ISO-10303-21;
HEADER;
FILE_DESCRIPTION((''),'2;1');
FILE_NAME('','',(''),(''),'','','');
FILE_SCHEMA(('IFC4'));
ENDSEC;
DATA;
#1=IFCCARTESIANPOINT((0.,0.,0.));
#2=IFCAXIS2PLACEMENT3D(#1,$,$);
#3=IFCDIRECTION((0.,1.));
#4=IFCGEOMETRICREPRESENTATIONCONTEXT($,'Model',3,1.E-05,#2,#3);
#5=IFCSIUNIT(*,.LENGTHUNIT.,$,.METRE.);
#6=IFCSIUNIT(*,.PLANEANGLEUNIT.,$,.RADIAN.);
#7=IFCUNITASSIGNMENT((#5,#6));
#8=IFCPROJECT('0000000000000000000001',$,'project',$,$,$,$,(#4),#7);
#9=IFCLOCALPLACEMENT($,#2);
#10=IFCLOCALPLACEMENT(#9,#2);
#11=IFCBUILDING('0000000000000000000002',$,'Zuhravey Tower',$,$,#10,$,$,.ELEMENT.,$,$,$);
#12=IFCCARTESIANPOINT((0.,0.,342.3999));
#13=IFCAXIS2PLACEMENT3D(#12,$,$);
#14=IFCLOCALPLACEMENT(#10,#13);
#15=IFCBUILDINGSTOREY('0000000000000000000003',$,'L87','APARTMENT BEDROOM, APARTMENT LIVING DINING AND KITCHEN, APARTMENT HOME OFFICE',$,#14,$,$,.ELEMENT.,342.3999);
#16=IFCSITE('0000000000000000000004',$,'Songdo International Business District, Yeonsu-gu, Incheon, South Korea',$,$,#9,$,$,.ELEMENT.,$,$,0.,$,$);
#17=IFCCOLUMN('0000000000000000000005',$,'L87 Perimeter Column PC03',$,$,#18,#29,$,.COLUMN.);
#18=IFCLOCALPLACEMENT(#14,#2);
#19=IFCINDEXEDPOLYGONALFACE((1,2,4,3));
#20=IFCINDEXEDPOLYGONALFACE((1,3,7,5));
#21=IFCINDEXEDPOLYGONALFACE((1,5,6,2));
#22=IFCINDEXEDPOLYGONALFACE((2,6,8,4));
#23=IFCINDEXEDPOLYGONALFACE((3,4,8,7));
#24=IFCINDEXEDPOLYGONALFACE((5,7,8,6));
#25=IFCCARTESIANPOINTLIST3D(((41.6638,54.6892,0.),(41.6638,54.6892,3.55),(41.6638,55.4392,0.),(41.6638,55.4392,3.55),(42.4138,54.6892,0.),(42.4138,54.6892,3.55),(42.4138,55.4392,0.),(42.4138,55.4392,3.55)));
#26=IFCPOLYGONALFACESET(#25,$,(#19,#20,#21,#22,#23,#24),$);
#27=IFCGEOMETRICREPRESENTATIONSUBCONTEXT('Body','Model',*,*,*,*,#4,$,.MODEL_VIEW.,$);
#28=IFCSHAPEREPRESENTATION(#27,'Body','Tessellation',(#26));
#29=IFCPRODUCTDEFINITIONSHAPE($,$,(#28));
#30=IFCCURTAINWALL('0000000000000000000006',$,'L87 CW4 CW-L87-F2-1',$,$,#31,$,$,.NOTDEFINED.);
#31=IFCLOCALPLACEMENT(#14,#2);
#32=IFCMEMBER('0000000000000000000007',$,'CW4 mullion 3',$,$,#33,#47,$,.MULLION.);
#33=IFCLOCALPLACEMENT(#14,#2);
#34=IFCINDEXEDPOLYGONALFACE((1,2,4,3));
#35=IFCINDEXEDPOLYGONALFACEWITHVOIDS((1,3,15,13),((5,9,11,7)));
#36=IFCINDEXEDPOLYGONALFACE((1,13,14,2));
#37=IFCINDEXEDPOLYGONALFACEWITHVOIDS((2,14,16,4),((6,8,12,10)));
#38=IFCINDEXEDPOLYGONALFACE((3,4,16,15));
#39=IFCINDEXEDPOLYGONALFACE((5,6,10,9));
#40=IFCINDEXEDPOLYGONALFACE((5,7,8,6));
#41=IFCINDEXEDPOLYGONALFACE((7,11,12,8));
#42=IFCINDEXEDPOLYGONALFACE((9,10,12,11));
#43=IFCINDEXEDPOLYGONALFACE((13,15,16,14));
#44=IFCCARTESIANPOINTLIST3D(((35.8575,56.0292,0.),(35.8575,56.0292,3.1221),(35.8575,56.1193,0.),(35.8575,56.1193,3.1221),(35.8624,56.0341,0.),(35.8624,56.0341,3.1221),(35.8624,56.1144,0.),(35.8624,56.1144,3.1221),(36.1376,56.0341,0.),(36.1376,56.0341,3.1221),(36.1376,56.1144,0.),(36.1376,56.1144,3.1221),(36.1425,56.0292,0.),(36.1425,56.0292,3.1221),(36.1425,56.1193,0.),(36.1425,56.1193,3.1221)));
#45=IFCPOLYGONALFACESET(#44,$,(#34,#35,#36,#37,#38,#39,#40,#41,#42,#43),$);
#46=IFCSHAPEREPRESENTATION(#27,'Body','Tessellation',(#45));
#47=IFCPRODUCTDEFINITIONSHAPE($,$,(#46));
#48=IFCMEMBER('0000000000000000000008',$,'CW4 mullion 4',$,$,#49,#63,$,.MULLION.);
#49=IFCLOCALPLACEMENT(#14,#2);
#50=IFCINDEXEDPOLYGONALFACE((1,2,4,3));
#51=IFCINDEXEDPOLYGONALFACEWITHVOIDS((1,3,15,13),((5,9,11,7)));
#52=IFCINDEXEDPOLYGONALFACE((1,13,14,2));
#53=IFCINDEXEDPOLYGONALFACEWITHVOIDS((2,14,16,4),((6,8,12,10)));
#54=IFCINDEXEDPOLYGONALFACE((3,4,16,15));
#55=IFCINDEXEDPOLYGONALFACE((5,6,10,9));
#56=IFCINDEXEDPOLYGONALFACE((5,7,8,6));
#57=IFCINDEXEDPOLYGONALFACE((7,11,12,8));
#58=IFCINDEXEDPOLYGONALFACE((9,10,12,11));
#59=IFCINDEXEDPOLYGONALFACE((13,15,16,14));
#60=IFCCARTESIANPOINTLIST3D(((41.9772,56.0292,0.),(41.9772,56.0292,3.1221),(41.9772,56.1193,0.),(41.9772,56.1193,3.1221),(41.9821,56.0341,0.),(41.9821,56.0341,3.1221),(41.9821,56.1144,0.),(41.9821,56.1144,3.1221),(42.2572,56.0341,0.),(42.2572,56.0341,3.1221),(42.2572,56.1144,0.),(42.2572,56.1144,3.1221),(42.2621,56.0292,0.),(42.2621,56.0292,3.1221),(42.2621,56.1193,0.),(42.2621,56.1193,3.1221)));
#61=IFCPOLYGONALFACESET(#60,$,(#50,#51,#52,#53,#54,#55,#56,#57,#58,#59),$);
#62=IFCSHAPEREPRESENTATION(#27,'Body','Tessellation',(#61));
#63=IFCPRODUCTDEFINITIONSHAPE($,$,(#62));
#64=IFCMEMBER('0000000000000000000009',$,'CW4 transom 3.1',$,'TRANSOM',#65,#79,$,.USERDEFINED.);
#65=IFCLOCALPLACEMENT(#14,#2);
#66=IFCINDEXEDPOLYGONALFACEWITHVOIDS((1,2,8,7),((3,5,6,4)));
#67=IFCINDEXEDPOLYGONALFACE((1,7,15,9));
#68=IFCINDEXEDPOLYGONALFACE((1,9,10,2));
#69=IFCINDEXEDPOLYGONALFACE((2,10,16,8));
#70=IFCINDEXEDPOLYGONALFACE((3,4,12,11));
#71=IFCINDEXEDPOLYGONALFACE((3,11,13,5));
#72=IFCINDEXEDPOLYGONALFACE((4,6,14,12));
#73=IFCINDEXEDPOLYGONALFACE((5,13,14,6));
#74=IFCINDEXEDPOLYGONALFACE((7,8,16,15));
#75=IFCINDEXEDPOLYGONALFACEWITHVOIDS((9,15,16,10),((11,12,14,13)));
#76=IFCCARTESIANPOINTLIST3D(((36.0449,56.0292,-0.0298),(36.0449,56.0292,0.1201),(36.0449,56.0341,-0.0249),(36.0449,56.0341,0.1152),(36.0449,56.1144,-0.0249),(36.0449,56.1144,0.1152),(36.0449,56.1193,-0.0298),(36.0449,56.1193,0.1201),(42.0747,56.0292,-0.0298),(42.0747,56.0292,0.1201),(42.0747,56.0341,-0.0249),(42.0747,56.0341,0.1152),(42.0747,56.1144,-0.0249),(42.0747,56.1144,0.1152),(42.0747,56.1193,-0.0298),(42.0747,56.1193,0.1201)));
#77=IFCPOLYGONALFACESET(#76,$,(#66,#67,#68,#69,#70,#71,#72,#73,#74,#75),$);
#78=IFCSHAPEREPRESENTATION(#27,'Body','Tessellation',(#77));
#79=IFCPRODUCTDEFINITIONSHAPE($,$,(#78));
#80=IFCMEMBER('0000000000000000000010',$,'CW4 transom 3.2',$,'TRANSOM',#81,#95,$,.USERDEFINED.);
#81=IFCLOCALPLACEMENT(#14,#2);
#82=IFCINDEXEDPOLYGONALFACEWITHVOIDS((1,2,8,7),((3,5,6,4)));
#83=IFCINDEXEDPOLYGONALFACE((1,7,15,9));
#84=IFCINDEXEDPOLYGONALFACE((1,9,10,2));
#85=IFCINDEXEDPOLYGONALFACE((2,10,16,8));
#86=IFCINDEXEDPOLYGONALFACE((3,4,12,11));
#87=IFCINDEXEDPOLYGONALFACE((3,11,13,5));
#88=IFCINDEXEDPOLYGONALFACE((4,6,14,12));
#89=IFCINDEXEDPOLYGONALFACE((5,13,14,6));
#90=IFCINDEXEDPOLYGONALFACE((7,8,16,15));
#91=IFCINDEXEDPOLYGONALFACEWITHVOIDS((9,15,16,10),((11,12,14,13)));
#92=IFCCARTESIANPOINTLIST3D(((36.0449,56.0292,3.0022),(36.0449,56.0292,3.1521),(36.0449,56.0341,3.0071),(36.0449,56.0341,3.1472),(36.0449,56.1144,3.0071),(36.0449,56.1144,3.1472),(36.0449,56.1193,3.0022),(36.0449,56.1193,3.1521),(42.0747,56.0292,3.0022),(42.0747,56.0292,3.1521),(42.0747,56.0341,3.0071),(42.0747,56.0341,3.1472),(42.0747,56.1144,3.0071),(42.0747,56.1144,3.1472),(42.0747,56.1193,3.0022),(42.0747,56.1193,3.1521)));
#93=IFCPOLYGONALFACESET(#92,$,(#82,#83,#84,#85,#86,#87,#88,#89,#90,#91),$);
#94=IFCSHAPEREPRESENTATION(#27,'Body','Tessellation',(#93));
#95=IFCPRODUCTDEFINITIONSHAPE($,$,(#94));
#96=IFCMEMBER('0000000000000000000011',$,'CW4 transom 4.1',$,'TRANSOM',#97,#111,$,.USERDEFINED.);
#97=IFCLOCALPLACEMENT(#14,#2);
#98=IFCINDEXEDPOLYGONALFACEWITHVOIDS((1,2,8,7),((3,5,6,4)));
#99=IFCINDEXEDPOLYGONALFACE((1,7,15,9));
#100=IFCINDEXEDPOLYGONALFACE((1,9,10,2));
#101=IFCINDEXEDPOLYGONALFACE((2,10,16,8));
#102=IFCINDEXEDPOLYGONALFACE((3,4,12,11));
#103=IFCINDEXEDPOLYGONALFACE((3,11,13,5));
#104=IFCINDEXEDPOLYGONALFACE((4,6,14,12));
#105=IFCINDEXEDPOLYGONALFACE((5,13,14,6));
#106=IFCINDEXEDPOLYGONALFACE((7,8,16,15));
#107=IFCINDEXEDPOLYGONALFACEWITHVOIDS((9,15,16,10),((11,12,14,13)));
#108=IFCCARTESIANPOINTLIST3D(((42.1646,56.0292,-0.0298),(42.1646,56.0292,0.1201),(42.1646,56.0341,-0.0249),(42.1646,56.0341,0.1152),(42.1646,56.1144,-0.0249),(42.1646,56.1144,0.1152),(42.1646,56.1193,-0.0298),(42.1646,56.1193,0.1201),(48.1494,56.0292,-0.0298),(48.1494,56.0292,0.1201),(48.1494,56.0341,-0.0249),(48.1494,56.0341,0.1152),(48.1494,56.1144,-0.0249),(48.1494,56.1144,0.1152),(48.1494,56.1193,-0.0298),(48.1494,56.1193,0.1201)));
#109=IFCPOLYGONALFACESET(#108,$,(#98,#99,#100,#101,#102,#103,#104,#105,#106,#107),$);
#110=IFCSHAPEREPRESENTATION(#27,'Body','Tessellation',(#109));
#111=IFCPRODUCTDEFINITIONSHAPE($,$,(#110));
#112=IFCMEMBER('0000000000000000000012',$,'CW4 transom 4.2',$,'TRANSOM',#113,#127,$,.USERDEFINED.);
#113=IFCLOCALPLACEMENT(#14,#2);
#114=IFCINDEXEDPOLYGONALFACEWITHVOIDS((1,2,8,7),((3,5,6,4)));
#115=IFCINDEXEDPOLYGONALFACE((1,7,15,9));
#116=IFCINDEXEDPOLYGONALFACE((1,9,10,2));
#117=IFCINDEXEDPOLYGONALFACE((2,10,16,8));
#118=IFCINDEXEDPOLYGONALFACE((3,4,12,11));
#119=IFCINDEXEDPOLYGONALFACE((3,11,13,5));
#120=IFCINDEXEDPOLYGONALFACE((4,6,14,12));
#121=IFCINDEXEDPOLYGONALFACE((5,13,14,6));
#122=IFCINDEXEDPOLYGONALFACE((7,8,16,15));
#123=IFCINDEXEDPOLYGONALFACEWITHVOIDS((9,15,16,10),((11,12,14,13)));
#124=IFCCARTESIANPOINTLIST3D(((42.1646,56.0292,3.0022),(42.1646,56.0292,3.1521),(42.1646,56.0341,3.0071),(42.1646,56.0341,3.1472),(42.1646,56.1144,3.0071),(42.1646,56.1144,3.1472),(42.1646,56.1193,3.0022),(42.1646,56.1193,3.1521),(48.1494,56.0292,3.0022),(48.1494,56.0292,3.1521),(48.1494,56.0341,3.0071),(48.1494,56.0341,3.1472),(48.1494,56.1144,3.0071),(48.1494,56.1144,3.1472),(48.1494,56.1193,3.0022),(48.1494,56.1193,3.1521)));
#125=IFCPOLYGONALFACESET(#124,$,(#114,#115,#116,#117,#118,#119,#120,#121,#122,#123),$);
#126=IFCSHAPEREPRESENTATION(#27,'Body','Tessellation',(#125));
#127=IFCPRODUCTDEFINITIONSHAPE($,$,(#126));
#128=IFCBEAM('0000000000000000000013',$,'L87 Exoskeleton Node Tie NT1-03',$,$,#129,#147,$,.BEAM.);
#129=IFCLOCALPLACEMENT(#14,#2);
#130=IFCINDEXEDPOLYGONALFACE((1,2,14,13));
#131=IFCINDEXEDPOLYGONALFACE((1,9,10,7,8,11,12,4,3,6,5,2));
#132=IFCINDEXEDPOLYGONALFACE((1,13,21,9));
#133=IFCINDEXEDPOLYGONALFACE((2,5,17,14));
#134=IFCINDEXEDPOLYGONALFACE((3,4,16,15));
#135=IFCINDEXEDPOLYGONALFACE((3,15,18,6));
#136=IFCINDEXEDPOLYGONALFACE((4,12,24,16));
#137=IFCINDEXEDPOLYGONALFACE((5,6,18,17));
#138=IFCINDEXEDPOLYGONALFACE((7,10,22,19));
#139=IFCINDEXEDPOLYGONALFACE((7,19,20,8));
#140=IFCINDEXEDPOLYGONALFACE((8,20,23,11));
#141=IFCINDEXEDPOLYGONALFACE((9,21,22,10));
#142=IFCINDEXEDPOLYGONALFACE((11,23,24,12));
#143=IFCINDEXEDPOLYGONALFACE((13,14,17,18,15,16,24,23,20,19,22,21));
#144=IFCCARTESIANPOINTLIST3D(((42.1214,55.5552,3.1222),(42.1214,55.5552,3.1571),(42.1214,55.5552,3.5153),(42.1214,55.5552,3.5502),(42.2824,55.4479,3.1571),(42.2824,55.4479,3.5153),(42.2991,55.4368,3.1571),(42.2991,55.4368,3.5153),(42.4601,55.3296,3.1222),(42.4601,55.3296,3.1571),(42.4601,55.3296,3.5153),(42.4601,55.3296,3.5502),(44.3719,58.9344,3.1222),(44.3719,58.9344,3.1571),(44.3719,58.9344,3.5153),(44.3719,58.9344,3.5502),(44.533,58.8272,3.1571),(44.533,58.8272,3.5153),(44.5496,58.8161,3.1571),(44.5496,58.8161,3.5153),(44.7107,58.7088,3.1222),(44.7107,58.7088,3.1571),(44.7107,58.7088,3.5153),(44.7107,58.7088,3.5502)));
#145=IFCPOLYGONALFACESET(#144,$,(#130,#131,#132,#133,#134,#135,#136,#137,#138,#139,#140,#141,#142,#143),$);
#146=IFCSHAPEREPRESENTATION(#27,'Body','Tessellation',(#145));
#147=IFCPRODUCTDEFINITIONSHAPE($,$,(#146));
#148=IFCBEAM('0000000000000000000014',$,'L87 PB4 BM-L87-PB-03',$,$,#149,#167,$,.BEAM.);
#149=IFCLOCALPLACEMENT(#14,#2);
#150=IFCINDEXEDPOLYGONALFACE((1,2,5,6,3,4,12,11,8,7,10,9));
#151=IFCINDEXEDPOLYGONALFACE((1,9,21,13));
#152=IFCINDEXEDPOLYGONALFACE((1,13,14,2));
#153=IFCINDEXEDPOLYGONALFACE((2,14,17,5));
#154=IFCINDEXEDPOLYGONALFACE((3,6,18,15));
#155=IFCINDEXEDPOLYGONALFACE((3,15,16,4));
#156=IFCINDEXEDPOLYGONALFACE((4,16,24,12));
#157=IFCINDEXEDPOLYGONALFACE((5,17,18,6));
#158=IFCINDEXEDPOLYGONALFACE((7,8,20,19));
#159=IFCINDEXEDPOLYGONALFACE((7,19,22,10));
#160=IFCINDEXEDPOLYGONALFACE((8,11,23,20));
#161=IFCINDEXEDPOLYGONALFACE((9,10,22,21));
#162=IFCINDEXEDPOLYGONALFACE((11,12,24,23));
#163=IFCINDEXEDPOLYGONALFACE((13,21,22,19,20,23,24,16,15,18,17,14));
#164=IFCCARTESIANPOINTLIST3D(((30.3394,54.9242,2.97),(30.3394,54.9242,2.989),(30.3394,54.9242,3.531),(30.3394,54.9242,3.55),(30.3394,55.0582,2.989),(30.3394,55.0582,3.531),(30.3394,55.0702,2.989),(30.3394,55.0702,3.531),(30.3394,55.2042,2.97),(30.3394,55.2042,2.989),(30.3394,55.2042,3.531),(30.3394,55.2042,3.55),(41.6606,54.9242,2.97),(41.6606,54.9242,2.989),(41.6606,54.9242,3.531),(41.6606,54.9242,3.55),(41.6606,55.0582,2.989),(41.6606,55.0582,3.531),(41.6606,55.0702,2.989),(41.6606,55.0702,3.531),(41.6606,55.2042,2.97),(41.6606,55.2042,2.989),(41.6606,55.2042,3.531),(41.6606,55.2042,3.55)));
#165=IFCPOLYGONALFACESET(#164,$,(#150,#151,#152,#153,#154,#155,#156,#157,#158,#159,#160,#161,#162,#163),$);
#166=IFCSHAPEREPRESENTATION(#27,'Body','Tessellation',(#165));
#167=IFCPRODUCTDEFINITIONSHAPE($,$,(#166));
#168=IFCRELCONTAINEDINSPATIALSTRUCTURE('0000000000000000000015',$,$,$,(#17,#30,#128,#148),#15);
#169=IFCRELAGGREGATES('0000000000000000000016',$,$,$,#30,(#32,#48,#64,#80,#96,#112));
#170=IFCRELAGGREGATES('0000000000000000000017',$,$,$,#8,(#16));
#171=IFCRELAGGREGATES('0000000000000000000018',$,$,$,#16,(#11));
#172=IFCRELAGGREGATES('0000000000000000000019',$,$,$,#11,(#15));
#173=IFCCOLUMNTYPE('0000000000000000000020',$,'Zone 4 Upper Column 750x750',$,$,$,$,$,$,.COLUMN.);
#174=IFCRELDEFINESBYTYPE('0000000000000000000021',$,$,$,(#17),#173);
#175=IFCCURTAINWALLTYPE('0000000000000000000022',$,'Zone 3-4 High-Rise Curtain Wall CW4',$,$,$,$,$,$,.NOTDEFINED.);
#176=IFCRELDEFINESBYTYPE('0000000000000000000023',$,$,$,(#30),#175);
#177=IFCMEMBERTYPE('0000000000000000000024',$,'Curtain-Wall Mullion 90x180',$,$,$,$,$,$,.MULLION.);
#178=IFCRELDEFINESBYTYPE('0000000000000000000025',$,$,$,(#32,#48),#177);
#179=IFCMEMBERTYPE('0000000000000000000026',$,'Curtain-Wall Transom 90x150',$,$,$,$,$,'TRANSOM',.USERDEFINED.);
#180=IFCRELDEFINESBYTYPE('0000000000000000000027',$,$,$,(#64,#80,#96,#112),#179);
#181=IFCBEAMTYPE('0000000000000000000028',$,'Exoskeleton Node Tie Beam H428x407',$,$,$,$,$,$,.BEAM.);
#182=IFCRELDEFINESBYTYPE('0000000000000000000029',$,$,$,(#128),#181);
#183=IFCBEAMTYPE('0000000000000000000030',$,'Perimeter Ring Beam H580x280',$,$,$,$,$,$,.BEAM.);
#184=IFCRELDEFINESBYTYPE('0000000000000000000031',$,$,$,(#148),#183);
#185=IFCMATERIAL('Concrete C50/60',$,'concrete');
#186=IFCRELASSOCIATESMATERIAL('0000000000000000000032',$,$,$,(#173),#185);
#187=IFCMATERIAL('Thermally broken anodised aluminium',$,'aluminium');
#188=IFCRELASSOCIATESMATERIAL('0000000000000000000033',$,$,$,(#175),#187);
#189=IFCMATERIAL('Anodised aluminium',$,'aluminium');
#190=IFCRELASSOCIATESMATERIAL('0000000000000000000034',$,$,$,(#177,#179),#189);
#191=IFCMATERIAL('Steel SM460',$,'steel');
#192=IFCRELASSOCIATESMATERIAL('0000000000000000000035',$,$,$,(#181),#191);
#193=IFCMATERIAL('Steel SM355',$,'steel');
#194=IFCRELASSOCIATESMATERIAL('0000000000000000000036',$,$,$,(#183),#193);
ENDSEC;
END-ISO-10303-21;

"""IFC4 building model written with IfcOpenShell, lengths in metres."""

from ifc_helpers import new_model, si_unit, direction, frame, origin, origin_2d, place, context, subcontext, project, spatial, rectangle, hollow_rectangle, i_section, extrude, material, material_profile, profile_set, type_object, element, aggregate, save


model = new_model("IFC4")

# Units and contexts
model_context = context("Model", 3, precision=1e-05, world=origin(), true_north=direction((0.0, 1.0)))
body_context = subcontext(model_context, "Body", "Model", "MODEL_VIEW")
ifc_project = project(units=[si_unit("LENGTHUNIT", "METRE"), si_unit("PLANEANGLEUNIT", "RADIAN")], contexts=[model_context])

# Site, building, storey
site_placement = place(None, origin())
site = spatial("IfcSite", under=ifc_project, at=site_placement, Name="Songdo International Business District, Yeonsu-gu, Incheon, South Korea", CompositionType="ELEMENT", RefElevation=0.0)
building_placement = place(site_placement, origin())
building = spatial("IfcBuilding", under=site, at=building_placement, Name="Zuhravey Tower", CompositionType="ELEMENT")
storey_placement = place(building_placement, frame((0.0, 0.0, 342.3999)))
storey = spatial("IfcBuildingStorey", under=building, at=storey_placement, Name="L87", Description="APARTMENT BEDROOM, APARTMENT LIVING DINING AND KITCHEN, APARTMENT HOME OFFICE", CompositionType="ELEMENT", Elevation=342.3999)

# Column
ifc_material_1 = material(Name="Concrete C50/60", Category="concrete")
ifc_material_profile_1 = material_profile(ifc_material_1, rectangle(XDim=0.75, YDim=0.75, at=origin_2d()), Name="RC-750x750")
ifc_profile_set_1 = profile_set([ifc_material_profile_1], Name="Concrete C50/60")
column_type = type_object("IfcColumnType", Name="Zone 4 Upper Column 750x750", PredefinedType="COLUMN", material=ifc_profile_set_1)
column_placement = place(storey_placement, frame((42.0388, 55.0642, 0.0), z_axis=(0.0, 0.0, 1.0), x_axis=(-1.0, 0.0, 0.0)))
element("IfcColumn", 1, at=column_placement, inside=storey, type_object=column_type, Name="L87 Perimeter Column PC03", PredefinedType="COLUMN", context=body_context, shape_type="SweptSolid", body=[
    extrude(rectangle(XDim=0.75, YDim=0.75, at=origin_2d()), origin(), (0.0, 0.0, 1.0), 3.55),
])

# Curtain wall, members
ifc_material_2 = material(Name="Thermally broken anodised aluminium", Category="aluminium")
curtain_wall_type = type_object("IfcCurtainWallType", Name="Zone 3-4 High-Rise Curtain Wall CW4", PredefinedType="NOTDEFINED", material=ifc_material_2)
curtain_wall_placement = place(storey_placement, origin())
curtain_wall = element("IfcCurtainWall", 2, at=curtain_wall_placement, inside=storey, type_object=curtain_wall_type, Name="L87 CW4 CW-L87-F2-1", PredefinedType="NOTDEFINED")
ifc_material_3 = material(Name="Anodised aluminium", Category="aluminium")
ifc_material_profile_2 = material_profile(ifc_material_3, hollow_rectangle(XDim=0.0901, YDim=0.2849, WallThickness=0.0049, at=origin_2d()), Name="ALU-RHS-90x285x5")
ifc_profile_set_2 = profile_set([ifc_material_profile_2], Name="Anodised aluminium")
member_type_1 = type_object("IfcMemberType", Name="Curtain-Wall Mullion 90x180", PredefinedType="MULLION", material=ifc_profile_set_2)
member_1_placement = place(storey_placement, frame((36.0, 56.0742, 0.0), z_axis=(0.0, 0.0, 1.0), x_axis=(0.0, 1.0, 0.0)))
member_1 = element("IfcMember", 3, at=member_1_placement, type_object=member_type_1, Name="CW4 mullion 3", PredefinedType="MULLION", context=body_context, shape_type="SweptSolid", body=[
    extrude(hollow_rectangle(XDim=0.0901, YDim=0.2849, WallThickness=0.0049, at=origin_2d()), origin(), (0.0, 0.0, 1.0), 3.1221),
])
member_2_placement = place(storey_placement, frame((42.1196, 56.0742, 0.0), z_axis=(0.0, 0.0, 1.0), x_axis=(0.0, 1.0, 0.0)))
member_2 = element("IfcMember", 4, at=member_2_placement, type_object=member_type_1, Name="CW4 mullion 4", PredefinedType="MULLION", context=body_context, shape_type="SweptSolid", body=[
    extrude(hollow_rectangle(XDim=0.0901, YDim=0.2849, WallThickness=0.0049, at=origin_2d()), origin(), (0.0, 0.0, 1.0), 3.1221),
])
ifc_material_profile_3 = material_profile(ifc_material_3, hollow_rectangle(XDim=0.0901, YDim=0.1499, WallThickness=0.0049, at=origin_2d()), Name="ALU-RHS-90x150x5")
ifc_profile_set_3 = profile_set([ifc_material_profile_3], Name="Anodised aluminium")
member_type_2 = type_object("IfcMemberType", Name="Curtain-Wall Transom 90x150", ElementType="TRANSOM", PredefinedType="USERDEFINED", material=ifc_profile_set_3)
member_3_placement = place(storey_placement, frame((36.0449, 56.0742, 0.0452), z_axis=(1.0, 0.0, 0.0), x_axis=(0.0, 1.0, 0.0)))
member_3 = element("IfcMember", 5, at=member_3_placement, type_object=member_type_2, Name="CW4 transom 3.1", ObjectType="TRANSOM", PredefinedType="USERDEFINED", context=body_context, shape_type="SweptSolid", body=[
    extrude(hollow_rectangle(XDim=0.0901, YDim=0.1499, WallThickness=0.0049, at=origin_2d()), origin(), (0.0, 0.0, 1.0), 6.0298),
])
member_4_placement = place(storey_placement, frame((36.0449, 56.0742, 3.0771), z_axis=(1.0, 0.0, 0.0), x_axis=(0.0, 1.0, 0.0)))
member_4 = element("IfcMember", 6, at=member_4_placement, type_object=member_type_2, Name="CW4 transom 3.2", ObjectType="TRANSOM", PredefinedType="USERDEFINED", context=body_context, shape_type="SweptSolid", body=[
    extrude(hollow_rectangle(XDim=0.0901, YDim=0.1499, WallThickness=0.0049, at=origin_2d()), origin(), (0.0, 0.0, 1.0), 6.0298),
])
member_5_placement = place(storey_placement, frame((42.1646, 56.0742, 0.0452), z_axis=(1.0, 0.0, 0.0), x_axis=(0.0, 1.0, 0.0)))
member_5 = element("IfcMember", 7, at=member_5_placement, type_object=member_type_2, Name="CW4 transom 4.1", ObjectType="TRANSOM", PredefinedType="USERDEFINED", context=body_context, shape_type="SweptSolid", body=[
    extrude(hollow_rectangle(XDim=0.0901, YDim=0.1499, WallThickness=0.0049, at=origin_2d()), origin(), (0.0, 0.0, 1.0), 5.9849),
])
member_6_placement = place(storey_placement, frame((42.1646, 56.0742, 3.0771), z_axis=(1.0, 0.0, 0.0), x_axis=(0.0, 1.0, 0.0)))
member_6 = element("IfcMember", 8, at=member_6_placement, type_object=member_type_2, Name="CW4 transom 4.2", ObjectType="TRANSOM", PredefinedType="USERDEFINED", context=body_context, shape_type="SweptSolid", body=[
    extrude(hollow_rectangle(XDim=0.0901, YDim=0.1499, WallThickness=0.0049, at=origin_2d()), origin(), (0.0, 0.0, 1.0), 5.9849),
])

# Beams
ifc_material_4 = material(Name="Steel SM460", Category="steel")
ifc_material_profile_4 = material_profile(ifc_material_4, i_section(OverallWidth=0.407, OverallDepth=0.428, WebThickness=0.02, FlangeThickness=0.0349, at=origin_2d()), Name="H-428x407x20x35")
ifc_profile_set_4 = profile_set([ifc_material_profile_4], Name="Steel SM460")
beam_type_1 = type_object("IfcBeamType", Name="Exoskeleton Node Tie Beam H428x407", PredefinedType="BEAM", material=ifc_profile_set_4)
beam_1_placement = place(storey_placement, frame((42.2908, 55.4424, 3.3362), z_axis=(0.554312, 0.832309, 0.0), x_axis=(-0.832309, 0.554312, 0.0)))
element("IfcBeam", 9, at=beam_1_placement, inside=storey, type_object=beam_type_1, Name="L87 Exoskeleton Node Tie NT1-03", PredefinedType="BEAM", context=body_context, shape_type="SweptSolid", body=[
    extrude(i_section(OverallWidth=0.407, OverallDepth=0.428, WebThickness=0.02, FlangeThickness=0.0349, at=origin_2d()), origin(), (0.0, 0.0, 1.0), 4.0601),
])
ifc_material_5 = material(Name="Steel SM355", Category="steel")
ifc_material_profile_5 = material_profile(ifc_material_5, i_section(OverallWidth=0.28, OverallDepth=0.5801, WebThickness=0.012, FlangeThickness=0.019, at=origin_2d()), Name="H-580x280x12x19")
ifc_profile_set_5 = profile_set([ifc_material_profile_5], Name="Steel SM355")
beam_type_2 = type_object("IfcBeamType", Name="Perimeter Ring Beam H580x280", PredefinedType="BEAM", material=ifc_profile_set_5)
beam_2_placement = place(storey_placement, frame((41.6606, 55.0642, 3.26), z_axis=(-1.0, 0.0, 0.0), x_axis=(0.0, -1.0, 0.0)))
element("IfcBeam", 10, at=beam_2_placement, inside=storey, type_object=beam_type_2, Name="L87 PB4 BM-L87-PB-03", PredefinedType="BEAM", context=body_context, shape_type="SweptSolid", body=[
    extrude(i_section(OverallWidth=0.28, OverallDepth=0.5801, WebThickness=0.012, FlangeThickness=0.019, at=origin_2d()), origin(), (0.0, 0.0, 1.0), 11.3213),
])

aggregate(curtain_wall, [member_1, member_2, member_3, member_4, member_5, member_6])

save(model, "model.ifc")
